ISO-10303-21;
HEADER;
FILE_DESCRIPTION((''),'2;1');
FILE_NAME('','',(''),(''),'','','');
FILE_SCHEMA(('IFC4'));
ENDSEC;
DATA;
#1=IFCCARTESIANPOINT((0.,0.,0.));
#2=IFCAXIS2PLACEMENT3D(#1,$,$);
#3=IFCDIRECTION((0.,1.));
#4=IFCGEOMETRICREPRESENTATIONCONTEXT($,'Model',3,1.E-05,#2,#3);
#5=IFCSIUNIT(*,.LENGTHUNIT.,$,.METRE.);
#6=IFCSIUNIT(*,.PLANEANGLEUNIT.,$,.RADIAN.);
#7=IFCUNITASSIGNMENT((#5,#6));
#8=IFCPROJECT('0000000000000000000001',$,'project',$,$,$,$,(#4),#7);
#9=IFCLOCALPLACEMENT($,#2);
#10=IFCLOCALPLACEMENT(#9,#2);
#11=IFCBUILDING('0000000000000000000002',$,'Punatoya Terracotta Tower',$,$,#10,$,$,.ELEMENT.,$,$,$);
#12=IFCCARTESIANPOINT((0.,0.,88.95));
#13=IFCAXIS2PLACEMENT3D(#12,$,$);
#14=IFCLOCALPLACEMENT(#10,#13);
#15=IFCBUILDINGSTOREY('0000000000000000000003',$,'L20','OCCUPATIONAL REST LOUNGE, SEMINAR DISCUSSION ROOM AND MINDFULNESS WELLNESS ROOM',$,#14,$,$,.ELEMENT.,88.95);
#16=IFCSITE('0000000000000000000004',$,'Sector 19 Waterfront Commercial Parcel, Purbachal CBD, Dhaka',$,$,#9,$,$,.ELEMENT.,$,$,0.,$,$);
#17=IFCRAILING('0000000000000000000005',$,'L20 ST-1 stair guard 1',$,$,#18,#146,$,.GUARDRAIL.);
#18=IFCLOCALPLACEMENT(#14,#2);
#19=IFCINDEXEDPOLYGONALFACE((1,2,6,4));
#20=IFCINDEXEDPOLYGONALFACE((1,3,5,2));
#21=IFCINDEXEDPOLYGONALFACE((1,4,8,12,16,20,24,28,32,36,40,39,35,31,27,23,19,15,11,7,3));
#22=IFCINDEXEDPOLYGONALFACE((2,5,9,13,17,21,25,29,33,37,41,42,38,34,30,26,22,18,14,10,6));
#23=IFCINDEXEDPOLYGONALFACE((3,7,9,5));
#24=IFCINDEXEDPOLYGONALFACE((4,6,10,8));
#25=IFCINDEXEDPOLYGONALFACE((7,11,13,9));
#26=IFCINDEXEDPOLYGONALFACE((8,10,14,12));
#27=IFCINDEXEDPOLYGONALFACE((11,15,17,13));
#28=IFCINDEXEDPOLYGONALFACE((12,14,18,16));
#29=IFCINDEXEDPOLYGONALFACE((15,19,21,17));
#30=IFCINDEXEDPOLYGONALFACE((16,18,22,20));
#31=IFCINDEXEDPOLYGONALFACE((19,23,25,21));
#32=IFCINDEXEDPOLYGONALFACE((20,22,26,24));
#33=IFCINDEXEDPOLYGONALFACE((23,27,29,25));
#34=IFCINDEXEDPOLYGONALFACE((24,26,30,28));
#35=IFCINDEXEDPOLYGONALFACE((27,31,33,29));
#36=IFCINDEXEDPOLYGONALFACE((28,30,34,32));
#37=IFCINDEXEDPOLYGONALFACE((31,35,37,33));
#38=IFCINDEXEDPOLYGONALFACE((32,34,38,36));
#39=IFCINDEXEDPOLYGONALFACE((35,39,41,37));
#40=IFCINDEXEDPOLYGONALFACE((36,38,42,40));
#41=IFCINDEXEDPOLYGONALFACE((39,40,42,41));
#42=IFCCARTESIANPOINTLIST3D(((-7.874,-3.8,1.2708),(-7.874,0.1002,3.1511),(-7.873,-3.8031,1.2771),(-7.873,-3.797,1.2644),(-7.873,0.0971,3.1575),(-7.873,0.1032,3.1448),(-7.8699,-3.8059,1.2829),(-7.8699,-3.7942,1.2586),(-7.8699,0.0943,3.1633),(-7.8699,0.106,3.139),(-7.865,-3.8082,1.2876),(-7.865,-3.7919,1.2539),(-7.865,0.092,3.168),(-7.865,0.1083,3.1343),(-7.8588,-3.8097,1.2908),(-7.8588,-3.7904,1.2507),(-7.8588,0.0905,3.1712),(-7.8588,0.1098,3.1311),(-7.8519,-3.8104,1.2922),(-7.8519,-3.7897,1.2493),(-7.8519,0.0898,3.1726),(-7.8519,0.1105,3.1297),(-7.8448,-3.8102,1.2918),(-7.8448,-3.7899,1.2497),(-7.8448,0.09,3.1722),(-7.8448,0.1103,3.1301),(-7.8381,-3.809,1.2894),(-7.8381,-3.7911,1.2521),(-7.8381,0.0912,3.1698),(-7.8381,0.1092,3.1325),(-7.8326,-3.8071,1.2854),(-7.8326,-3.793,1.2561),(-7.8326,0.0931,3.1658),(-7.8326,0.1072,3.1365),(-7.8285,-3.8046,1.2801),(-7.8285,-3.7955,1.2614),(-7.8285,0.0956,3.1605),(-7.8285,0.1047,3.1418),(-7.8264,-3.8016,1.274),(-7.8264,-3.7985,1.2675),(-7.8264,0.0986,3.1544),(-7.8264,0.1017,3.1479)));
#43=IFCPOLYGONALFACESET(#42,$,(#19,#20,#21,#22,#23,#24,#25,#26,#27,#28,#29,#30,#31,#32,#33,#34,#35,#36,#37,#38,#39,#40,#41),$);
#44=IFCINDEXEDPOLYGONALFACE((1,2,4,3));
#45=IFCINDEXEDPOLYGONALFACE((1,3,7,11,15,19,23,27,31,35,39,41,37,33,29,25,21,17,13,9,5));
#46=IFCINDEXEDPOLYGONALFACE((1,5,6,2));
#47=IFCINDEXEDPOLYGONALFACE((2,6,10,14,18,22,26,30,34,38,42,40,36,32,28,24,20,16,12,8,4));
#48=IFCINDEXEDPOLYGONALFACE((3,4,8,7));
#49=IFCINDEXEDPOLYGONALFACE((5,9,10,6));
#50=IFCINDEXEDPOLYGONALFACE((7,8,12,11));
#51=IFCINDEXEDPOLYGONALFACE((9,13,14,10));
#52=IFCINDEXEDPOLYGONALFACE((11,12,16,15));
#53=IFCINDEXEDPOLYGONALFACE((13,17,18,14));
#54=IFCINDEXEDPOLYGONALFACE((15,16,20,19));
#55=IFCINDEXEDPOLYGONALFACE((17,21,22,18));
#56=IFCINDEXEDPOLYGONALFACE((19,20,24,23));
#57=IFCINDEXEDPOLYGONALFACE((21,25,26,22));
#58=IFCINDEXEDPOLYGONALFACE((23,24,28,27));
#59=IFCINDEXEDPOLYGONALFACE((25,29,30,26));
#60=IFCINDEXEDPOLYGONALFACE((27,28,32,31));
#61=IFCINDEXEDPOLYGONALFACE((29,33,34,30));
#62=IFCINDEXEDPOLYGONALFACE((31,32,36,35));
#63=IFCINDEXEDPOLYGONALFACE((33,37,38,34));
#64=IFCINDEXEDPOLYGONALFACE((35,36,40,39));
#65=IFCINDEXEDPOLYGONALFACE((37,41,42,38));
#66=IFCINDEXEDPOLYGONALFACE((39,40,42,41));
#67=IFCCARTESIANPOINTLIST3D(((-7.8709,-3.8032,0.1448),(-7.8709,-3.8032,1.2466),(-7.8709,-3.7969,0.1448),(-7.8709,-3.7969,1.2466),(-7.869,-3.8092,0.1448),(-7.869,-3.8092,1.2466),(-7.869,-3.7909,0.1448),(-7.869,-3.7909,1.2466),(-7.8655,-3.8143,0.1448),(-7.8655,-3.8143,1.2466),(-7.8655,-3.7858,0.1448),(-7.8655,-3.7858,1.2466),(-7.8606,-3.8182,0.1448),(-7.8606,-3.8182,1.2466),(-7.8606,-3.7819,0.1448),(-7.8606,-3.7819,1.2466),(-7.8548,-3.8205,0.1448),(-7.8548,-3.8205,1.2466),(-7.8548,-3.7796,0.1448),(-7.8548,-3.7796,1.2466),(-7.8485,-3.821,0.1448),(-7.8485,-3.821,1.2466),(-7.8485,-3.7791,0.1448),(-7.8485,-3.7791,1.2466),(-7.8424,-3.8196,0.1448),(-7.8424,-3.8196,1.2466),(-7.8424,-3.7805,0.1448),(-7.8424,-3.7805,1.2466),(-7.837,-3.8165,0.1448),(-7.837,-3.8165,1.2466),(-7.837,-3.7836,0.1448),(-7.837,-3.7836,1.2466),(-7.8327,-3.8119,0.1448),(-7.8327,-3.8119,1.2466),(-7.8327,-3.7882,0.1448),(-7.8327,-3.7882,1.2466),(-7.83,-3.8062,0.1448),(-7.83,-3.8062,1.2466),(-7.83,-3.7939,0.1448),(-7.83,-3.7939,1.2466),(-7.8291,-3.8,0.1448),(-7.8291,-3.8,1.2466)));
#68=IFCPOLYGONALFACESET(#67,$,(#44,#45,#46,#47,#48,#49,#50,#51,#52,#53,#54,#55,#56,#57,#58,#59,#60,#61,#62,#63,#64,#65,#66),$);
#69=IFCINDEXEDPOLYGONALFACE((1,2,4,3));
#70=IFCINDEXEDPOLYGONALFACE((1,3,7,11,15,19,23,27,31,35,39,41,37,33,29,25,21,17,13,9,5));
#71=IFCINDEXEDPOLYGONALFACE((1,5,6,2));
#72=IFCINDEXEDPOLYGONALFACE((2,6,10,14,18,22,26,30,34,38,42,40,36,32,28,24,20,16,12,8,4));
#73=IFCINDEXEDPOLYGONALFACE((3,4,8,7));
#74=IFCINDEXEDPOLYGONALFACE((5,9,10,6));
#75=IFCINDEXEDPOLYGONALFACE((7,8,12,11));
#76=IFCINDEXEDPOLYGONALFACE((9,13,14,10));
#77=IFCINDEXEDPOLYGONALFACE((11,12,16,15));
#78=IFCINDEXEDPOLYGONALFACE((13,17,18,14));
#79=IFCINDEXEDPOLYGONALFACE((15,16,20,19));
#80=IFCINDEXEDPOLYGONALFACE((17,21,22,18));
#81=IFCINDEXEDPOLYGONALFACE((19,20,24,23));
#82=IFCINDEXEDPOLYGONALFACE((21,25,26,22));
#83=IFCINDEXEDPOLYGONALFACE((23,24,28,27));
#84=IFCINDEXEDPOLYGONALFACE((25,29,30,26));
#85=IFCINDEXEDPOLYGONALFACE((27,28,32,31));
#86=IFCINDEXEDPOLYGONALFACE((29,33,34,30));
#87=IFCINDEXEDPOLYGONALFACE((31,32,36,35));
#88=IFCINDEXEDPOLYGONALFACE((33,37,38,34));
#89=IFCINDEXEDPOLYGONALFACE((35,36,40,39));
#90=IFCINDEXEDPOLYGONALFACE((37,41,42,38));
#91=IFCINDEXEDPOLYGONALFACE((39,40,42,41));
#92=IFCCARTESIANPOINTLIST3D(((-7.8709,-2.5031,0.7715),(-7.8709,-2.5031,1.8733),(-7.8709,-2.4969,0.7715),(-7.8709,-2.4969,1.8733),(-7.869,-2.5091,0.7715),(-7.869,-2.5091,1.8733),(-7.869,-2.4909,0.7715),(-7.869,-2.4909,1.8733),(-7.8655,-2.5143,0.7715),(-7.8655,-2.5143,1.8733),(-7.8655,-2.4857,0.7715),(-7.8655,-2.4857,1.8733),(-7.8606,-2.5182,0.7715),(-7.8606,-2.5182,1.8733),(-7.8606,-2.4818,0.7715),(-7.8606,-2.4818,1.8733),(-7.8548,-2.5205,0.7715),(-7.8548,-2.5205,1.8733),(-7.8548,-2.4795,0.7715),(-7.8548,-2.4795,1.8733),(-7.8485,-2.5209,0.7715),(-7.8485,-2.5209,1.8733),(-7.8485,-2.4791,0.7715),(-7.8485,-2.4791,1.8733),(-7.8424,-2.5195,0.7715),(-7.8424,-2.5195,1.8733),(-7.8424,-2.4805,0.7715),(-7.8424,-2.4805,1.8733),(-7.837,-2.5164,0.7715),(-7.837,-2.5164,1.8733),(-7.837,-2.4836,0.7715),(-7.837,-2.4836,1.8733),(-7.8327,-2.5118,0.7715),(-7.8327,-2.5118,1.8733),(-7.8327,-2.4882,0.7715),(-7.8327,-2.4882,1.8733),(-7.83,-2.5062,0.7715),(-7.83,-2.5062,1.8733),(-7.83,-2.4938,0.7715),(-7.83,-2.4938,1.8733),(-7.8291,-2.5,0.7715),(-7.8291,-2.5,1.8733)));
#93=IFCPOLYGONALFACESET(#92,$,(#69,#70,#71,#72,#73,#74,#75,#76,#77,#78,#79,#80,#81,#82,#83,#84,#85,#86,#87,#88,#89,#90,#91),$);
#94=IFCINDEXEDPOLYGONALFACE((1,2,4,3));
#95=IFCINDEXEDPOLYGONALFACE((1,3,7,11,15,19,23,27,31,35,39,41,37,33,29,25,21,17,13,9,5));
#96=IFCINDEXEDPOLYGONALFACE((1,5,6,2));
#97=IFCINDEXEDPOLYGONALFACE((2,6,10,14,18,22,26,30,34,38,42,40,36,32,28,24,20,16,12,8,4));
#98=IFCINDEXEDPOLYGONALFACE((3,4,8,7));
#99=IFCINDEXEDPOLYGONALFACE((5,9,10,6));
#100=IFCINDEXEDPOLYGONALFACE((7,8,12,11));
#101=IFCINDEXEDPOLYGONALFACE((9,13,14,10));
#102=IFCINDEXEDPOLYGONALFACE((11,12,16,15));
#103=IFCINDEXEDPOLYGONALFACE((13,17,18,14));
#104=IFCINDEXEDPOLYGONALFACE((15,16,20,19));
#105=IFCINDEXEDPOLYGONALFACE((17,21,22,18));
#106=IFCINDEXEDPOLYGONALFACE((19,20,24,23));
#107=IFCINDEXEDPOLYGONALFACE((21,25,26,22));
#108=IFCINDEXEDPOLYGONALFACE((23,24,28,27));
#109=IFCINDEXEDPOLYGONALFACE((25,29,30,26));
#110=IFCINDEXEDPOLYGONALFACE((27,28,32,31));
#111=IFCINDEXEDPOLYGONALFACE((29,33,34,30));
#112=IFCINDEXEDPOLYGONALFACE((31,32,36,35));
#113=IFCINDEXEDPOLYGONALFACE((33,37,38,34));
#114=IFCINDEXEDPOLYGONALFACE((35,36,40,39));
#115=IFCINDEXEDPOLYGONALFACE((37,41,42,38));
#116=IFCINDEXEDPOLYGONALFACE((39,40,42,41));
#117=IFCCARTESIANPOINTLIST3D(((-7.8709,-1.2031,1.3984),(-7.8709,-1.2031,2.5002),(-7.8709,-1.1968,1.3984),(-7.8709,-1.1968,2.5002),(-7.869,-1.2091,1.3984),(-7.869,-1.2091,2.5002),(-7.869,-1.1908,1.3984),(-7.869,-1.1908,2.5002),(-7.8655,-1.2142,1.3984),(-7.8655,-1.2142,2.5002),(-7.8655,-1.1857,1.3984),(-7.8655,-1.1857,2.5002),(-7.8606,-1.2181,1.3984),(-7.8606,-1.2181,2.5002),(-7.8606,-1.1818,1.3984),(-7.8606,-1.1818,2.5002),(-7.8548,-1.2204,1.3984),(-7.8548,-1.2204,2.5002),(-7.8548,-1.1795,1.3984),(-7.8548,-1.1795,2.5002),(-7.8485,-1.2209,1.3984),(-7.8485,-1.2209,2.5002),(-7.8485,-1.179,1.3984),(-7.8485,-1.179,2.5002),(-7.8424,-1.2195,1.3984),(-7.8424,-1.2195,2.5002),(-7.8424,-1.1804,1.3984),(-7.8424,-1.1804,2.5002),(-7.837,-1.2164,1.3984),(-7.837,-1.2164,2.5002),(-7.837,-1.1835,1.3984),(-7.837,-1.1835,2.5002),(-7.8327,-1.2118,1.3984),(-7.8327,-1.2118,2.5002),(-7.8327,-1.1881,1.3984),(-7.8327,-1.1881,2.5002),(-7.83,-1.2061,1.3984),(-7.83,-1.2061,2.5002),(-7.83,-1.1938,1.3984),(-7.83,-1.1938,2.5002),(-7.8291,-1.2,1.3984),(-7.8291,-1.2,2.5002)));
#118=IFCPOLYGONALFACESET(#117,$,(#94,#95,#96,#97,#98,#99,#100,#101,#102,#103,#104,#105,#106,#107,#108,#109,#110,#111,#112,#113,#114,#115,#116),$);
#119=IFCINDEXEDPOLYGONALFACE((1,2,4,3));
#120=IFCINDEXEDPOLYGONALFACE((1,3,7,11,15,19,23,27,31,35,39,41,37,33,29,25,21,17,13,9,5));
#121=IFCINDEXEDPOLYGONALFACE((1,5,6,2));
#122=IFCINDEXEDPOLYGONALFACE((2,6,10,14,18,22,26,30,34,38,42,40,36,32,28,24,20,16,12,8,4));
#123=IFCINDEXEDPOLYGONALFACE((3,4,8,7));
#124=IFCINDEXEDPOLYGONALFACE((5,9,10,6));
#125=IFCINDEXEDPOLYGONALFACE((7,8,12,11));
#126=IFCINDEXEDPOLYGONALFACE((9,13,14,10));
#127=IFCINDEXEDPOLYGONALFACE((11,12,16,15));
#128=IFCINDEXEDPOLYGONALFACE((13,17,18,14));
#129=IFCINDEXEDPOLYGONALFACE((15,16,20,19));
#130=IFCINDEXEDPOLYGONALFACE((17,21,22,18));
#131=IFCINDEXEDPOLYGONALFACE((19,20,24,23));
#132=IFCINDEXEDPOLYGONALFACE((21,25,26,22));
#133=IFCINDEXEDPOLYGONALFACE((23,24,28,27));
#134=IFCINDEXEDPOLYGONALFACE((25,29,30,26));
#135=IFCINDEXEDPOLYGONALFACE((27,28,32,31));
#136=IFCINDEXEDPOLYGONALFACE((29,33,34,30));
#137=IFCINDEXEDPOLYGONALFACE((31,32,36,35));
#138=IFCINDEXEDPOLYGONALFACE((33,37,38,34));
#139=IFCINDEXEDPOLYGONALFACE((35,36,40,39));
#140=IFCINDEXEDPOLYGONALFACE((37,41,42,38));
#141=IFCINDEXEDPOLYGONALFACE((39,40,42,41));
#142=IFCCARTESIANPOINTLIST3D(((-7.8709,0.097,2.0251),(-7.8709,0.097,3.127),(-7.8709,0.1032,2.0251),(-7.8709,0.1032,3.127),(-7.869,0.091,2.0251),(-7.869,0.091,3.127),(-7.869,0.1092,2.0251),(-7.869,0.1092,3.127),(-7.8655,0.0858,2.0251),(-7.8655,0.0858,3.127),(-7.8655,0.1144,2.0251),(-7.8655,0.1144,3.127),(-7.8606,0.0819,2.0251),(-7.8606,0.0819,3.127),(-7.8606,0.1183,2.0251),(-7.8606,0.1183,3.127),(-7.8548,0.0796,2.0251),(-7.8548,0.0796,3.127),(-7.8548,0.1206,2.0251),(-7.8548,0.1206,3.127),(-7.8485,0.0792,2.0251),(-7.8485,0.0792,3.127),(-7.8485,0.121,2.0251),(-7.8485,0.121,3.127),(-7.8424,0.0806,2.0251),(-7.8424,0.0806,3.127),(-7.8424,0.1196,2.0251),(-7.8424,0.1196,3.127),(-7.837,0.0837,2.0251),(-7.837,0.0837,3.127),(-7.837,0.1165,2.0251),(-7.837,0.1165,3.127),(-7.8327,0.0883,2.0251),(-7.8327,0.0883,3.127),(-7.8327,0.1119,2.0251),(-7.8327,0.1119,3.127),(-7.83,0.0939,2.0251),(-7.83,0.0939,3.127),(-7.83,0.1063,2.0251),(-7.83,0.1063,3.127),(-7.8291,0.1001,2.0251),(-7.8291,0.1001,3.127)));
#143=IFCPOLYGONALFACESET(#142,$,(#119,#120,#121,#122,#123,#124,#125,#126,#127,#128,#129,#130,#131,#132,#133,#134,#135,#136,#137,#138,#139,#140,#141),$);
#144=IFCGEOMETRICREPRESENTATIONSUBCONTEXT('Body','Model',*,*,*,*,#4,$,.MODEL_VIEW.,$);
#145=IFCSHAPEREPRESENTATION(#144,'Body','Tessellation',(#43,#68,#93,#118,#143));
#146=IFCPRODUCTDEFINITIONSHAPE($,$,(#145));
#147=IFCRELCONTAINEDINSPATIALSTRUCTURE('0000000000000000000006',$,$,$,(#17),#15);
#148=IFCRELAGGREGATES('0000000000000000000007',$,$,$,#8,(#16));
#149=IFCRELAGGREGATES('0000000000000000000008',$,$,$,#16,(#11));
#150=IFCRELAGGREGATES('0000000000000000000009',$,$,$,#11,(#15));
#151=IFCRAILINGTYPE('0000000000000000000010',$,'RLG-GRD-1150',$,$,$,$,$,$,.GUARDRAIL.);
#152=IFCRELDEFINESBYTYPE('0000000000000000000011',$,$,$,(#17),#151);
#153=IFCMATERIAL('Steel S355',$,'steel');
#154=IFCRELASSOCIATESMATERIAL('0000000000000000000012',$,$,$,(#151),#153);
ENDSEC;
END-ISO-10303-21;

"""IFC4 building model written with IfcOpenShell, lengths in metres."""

from ifc_helpers import new_model, si_unit, direction, frame, origin, origin_2d, place, context, subcontext, project, spatial, circle, extrude, material, type_object, element, save


model = new_model("IFC4")

# Units and contexts
model_context = context("Model", 3, precision=1e-05, world=origin(), true_north=direction((0.0, 1.0)))
body_context = subcontext(model_context, "Body", "Model", "MODEL_VIEW")
ifc_project = project(units=[si_unit("LENGTHUNIT", "METRE"), si_unit("PLANEANGLEUNIT", "RADIAN")], contexts=[model_context])

# Site, building, storey
site_placement = place(None, origin())
site = spatial("IfcSite", under=ifc_project, at=site_placement, Name="Sector 19 Waterfront Commercial Parcel, Purbachal CBD, Dhaka", CompositionType="ELEMENT", RefElevation=0.0)
building_placement = place(site_placement, origin())
building = spatial("IfcBuilding", under=site, at=building_placement, Name="Punatoya Terracotta Tower", CompositionType="ELEMENT")
storey_placement = place(building_placement, frame((0.0, 0.0, 88.95)))
storey = spatial("IfcBuildingStorey", under=building, at=storey_placement, Name="L20", Description="OCCUPATIONAL REST LOUNGE, SEMINAR DISCUSSION ROOM AND MINDFULNESS WELLNESS ROOM", CompositionType="ELEMENT", Elevation=88.95)

# Railing
ifc_material_1 = material(Name="Steel S355", Category="steel")
railing_type_1 = type_object("IfcRailingType", Name="RLG-GRD-1150", PredefinedType="GUARDRAIL", material=ifc_material_1)
railing_1_placement = place(storey_placement, frame((-7.8501, -3.8, 0.1448)))
element("IfcRailing", 1, at=railing_1_placement, inside=storey, type_object=railing_type_1, Name="L20 ST-1 stair guard 1", PredefinedType="GUARDRAIL", context=body_context, shape_type="SweptSolid", body=[
    extrude(circle(Radius=0.0239, at=origin_2d()), frame((0.0, 0.0, 1.126), z_axis=(0.0, 0.900774, 0.434289), x_axis=(-1.0, 0.0, 0.0)), (0.0, 0.0, 1.0), 4.3298),
    extrude(circle(Radius=0.021, at=origin_2d()), origin(), (0.0, 0.0, 1.0), 1.1018),
    extrude(circle(Radius=0.021, at=origin_2d()), frame((0.0, 1.3, 0.6267)), (0.0, 0.0, 1.0), 1.1018),
    extrude(circle(Radius=0.021, at=origin_2d()), frame((0.0, 2.6001, 1.2537)), (0.0, 0.0, 1.0), 1.1018),
    extrude(circle(Radius=0.021, at=origin_2d()), frame((0.0, 3.9001, 1.8804)), (0.0, 0.0, 1.0), 1.1018),
])

save(model, "model.ifc")
